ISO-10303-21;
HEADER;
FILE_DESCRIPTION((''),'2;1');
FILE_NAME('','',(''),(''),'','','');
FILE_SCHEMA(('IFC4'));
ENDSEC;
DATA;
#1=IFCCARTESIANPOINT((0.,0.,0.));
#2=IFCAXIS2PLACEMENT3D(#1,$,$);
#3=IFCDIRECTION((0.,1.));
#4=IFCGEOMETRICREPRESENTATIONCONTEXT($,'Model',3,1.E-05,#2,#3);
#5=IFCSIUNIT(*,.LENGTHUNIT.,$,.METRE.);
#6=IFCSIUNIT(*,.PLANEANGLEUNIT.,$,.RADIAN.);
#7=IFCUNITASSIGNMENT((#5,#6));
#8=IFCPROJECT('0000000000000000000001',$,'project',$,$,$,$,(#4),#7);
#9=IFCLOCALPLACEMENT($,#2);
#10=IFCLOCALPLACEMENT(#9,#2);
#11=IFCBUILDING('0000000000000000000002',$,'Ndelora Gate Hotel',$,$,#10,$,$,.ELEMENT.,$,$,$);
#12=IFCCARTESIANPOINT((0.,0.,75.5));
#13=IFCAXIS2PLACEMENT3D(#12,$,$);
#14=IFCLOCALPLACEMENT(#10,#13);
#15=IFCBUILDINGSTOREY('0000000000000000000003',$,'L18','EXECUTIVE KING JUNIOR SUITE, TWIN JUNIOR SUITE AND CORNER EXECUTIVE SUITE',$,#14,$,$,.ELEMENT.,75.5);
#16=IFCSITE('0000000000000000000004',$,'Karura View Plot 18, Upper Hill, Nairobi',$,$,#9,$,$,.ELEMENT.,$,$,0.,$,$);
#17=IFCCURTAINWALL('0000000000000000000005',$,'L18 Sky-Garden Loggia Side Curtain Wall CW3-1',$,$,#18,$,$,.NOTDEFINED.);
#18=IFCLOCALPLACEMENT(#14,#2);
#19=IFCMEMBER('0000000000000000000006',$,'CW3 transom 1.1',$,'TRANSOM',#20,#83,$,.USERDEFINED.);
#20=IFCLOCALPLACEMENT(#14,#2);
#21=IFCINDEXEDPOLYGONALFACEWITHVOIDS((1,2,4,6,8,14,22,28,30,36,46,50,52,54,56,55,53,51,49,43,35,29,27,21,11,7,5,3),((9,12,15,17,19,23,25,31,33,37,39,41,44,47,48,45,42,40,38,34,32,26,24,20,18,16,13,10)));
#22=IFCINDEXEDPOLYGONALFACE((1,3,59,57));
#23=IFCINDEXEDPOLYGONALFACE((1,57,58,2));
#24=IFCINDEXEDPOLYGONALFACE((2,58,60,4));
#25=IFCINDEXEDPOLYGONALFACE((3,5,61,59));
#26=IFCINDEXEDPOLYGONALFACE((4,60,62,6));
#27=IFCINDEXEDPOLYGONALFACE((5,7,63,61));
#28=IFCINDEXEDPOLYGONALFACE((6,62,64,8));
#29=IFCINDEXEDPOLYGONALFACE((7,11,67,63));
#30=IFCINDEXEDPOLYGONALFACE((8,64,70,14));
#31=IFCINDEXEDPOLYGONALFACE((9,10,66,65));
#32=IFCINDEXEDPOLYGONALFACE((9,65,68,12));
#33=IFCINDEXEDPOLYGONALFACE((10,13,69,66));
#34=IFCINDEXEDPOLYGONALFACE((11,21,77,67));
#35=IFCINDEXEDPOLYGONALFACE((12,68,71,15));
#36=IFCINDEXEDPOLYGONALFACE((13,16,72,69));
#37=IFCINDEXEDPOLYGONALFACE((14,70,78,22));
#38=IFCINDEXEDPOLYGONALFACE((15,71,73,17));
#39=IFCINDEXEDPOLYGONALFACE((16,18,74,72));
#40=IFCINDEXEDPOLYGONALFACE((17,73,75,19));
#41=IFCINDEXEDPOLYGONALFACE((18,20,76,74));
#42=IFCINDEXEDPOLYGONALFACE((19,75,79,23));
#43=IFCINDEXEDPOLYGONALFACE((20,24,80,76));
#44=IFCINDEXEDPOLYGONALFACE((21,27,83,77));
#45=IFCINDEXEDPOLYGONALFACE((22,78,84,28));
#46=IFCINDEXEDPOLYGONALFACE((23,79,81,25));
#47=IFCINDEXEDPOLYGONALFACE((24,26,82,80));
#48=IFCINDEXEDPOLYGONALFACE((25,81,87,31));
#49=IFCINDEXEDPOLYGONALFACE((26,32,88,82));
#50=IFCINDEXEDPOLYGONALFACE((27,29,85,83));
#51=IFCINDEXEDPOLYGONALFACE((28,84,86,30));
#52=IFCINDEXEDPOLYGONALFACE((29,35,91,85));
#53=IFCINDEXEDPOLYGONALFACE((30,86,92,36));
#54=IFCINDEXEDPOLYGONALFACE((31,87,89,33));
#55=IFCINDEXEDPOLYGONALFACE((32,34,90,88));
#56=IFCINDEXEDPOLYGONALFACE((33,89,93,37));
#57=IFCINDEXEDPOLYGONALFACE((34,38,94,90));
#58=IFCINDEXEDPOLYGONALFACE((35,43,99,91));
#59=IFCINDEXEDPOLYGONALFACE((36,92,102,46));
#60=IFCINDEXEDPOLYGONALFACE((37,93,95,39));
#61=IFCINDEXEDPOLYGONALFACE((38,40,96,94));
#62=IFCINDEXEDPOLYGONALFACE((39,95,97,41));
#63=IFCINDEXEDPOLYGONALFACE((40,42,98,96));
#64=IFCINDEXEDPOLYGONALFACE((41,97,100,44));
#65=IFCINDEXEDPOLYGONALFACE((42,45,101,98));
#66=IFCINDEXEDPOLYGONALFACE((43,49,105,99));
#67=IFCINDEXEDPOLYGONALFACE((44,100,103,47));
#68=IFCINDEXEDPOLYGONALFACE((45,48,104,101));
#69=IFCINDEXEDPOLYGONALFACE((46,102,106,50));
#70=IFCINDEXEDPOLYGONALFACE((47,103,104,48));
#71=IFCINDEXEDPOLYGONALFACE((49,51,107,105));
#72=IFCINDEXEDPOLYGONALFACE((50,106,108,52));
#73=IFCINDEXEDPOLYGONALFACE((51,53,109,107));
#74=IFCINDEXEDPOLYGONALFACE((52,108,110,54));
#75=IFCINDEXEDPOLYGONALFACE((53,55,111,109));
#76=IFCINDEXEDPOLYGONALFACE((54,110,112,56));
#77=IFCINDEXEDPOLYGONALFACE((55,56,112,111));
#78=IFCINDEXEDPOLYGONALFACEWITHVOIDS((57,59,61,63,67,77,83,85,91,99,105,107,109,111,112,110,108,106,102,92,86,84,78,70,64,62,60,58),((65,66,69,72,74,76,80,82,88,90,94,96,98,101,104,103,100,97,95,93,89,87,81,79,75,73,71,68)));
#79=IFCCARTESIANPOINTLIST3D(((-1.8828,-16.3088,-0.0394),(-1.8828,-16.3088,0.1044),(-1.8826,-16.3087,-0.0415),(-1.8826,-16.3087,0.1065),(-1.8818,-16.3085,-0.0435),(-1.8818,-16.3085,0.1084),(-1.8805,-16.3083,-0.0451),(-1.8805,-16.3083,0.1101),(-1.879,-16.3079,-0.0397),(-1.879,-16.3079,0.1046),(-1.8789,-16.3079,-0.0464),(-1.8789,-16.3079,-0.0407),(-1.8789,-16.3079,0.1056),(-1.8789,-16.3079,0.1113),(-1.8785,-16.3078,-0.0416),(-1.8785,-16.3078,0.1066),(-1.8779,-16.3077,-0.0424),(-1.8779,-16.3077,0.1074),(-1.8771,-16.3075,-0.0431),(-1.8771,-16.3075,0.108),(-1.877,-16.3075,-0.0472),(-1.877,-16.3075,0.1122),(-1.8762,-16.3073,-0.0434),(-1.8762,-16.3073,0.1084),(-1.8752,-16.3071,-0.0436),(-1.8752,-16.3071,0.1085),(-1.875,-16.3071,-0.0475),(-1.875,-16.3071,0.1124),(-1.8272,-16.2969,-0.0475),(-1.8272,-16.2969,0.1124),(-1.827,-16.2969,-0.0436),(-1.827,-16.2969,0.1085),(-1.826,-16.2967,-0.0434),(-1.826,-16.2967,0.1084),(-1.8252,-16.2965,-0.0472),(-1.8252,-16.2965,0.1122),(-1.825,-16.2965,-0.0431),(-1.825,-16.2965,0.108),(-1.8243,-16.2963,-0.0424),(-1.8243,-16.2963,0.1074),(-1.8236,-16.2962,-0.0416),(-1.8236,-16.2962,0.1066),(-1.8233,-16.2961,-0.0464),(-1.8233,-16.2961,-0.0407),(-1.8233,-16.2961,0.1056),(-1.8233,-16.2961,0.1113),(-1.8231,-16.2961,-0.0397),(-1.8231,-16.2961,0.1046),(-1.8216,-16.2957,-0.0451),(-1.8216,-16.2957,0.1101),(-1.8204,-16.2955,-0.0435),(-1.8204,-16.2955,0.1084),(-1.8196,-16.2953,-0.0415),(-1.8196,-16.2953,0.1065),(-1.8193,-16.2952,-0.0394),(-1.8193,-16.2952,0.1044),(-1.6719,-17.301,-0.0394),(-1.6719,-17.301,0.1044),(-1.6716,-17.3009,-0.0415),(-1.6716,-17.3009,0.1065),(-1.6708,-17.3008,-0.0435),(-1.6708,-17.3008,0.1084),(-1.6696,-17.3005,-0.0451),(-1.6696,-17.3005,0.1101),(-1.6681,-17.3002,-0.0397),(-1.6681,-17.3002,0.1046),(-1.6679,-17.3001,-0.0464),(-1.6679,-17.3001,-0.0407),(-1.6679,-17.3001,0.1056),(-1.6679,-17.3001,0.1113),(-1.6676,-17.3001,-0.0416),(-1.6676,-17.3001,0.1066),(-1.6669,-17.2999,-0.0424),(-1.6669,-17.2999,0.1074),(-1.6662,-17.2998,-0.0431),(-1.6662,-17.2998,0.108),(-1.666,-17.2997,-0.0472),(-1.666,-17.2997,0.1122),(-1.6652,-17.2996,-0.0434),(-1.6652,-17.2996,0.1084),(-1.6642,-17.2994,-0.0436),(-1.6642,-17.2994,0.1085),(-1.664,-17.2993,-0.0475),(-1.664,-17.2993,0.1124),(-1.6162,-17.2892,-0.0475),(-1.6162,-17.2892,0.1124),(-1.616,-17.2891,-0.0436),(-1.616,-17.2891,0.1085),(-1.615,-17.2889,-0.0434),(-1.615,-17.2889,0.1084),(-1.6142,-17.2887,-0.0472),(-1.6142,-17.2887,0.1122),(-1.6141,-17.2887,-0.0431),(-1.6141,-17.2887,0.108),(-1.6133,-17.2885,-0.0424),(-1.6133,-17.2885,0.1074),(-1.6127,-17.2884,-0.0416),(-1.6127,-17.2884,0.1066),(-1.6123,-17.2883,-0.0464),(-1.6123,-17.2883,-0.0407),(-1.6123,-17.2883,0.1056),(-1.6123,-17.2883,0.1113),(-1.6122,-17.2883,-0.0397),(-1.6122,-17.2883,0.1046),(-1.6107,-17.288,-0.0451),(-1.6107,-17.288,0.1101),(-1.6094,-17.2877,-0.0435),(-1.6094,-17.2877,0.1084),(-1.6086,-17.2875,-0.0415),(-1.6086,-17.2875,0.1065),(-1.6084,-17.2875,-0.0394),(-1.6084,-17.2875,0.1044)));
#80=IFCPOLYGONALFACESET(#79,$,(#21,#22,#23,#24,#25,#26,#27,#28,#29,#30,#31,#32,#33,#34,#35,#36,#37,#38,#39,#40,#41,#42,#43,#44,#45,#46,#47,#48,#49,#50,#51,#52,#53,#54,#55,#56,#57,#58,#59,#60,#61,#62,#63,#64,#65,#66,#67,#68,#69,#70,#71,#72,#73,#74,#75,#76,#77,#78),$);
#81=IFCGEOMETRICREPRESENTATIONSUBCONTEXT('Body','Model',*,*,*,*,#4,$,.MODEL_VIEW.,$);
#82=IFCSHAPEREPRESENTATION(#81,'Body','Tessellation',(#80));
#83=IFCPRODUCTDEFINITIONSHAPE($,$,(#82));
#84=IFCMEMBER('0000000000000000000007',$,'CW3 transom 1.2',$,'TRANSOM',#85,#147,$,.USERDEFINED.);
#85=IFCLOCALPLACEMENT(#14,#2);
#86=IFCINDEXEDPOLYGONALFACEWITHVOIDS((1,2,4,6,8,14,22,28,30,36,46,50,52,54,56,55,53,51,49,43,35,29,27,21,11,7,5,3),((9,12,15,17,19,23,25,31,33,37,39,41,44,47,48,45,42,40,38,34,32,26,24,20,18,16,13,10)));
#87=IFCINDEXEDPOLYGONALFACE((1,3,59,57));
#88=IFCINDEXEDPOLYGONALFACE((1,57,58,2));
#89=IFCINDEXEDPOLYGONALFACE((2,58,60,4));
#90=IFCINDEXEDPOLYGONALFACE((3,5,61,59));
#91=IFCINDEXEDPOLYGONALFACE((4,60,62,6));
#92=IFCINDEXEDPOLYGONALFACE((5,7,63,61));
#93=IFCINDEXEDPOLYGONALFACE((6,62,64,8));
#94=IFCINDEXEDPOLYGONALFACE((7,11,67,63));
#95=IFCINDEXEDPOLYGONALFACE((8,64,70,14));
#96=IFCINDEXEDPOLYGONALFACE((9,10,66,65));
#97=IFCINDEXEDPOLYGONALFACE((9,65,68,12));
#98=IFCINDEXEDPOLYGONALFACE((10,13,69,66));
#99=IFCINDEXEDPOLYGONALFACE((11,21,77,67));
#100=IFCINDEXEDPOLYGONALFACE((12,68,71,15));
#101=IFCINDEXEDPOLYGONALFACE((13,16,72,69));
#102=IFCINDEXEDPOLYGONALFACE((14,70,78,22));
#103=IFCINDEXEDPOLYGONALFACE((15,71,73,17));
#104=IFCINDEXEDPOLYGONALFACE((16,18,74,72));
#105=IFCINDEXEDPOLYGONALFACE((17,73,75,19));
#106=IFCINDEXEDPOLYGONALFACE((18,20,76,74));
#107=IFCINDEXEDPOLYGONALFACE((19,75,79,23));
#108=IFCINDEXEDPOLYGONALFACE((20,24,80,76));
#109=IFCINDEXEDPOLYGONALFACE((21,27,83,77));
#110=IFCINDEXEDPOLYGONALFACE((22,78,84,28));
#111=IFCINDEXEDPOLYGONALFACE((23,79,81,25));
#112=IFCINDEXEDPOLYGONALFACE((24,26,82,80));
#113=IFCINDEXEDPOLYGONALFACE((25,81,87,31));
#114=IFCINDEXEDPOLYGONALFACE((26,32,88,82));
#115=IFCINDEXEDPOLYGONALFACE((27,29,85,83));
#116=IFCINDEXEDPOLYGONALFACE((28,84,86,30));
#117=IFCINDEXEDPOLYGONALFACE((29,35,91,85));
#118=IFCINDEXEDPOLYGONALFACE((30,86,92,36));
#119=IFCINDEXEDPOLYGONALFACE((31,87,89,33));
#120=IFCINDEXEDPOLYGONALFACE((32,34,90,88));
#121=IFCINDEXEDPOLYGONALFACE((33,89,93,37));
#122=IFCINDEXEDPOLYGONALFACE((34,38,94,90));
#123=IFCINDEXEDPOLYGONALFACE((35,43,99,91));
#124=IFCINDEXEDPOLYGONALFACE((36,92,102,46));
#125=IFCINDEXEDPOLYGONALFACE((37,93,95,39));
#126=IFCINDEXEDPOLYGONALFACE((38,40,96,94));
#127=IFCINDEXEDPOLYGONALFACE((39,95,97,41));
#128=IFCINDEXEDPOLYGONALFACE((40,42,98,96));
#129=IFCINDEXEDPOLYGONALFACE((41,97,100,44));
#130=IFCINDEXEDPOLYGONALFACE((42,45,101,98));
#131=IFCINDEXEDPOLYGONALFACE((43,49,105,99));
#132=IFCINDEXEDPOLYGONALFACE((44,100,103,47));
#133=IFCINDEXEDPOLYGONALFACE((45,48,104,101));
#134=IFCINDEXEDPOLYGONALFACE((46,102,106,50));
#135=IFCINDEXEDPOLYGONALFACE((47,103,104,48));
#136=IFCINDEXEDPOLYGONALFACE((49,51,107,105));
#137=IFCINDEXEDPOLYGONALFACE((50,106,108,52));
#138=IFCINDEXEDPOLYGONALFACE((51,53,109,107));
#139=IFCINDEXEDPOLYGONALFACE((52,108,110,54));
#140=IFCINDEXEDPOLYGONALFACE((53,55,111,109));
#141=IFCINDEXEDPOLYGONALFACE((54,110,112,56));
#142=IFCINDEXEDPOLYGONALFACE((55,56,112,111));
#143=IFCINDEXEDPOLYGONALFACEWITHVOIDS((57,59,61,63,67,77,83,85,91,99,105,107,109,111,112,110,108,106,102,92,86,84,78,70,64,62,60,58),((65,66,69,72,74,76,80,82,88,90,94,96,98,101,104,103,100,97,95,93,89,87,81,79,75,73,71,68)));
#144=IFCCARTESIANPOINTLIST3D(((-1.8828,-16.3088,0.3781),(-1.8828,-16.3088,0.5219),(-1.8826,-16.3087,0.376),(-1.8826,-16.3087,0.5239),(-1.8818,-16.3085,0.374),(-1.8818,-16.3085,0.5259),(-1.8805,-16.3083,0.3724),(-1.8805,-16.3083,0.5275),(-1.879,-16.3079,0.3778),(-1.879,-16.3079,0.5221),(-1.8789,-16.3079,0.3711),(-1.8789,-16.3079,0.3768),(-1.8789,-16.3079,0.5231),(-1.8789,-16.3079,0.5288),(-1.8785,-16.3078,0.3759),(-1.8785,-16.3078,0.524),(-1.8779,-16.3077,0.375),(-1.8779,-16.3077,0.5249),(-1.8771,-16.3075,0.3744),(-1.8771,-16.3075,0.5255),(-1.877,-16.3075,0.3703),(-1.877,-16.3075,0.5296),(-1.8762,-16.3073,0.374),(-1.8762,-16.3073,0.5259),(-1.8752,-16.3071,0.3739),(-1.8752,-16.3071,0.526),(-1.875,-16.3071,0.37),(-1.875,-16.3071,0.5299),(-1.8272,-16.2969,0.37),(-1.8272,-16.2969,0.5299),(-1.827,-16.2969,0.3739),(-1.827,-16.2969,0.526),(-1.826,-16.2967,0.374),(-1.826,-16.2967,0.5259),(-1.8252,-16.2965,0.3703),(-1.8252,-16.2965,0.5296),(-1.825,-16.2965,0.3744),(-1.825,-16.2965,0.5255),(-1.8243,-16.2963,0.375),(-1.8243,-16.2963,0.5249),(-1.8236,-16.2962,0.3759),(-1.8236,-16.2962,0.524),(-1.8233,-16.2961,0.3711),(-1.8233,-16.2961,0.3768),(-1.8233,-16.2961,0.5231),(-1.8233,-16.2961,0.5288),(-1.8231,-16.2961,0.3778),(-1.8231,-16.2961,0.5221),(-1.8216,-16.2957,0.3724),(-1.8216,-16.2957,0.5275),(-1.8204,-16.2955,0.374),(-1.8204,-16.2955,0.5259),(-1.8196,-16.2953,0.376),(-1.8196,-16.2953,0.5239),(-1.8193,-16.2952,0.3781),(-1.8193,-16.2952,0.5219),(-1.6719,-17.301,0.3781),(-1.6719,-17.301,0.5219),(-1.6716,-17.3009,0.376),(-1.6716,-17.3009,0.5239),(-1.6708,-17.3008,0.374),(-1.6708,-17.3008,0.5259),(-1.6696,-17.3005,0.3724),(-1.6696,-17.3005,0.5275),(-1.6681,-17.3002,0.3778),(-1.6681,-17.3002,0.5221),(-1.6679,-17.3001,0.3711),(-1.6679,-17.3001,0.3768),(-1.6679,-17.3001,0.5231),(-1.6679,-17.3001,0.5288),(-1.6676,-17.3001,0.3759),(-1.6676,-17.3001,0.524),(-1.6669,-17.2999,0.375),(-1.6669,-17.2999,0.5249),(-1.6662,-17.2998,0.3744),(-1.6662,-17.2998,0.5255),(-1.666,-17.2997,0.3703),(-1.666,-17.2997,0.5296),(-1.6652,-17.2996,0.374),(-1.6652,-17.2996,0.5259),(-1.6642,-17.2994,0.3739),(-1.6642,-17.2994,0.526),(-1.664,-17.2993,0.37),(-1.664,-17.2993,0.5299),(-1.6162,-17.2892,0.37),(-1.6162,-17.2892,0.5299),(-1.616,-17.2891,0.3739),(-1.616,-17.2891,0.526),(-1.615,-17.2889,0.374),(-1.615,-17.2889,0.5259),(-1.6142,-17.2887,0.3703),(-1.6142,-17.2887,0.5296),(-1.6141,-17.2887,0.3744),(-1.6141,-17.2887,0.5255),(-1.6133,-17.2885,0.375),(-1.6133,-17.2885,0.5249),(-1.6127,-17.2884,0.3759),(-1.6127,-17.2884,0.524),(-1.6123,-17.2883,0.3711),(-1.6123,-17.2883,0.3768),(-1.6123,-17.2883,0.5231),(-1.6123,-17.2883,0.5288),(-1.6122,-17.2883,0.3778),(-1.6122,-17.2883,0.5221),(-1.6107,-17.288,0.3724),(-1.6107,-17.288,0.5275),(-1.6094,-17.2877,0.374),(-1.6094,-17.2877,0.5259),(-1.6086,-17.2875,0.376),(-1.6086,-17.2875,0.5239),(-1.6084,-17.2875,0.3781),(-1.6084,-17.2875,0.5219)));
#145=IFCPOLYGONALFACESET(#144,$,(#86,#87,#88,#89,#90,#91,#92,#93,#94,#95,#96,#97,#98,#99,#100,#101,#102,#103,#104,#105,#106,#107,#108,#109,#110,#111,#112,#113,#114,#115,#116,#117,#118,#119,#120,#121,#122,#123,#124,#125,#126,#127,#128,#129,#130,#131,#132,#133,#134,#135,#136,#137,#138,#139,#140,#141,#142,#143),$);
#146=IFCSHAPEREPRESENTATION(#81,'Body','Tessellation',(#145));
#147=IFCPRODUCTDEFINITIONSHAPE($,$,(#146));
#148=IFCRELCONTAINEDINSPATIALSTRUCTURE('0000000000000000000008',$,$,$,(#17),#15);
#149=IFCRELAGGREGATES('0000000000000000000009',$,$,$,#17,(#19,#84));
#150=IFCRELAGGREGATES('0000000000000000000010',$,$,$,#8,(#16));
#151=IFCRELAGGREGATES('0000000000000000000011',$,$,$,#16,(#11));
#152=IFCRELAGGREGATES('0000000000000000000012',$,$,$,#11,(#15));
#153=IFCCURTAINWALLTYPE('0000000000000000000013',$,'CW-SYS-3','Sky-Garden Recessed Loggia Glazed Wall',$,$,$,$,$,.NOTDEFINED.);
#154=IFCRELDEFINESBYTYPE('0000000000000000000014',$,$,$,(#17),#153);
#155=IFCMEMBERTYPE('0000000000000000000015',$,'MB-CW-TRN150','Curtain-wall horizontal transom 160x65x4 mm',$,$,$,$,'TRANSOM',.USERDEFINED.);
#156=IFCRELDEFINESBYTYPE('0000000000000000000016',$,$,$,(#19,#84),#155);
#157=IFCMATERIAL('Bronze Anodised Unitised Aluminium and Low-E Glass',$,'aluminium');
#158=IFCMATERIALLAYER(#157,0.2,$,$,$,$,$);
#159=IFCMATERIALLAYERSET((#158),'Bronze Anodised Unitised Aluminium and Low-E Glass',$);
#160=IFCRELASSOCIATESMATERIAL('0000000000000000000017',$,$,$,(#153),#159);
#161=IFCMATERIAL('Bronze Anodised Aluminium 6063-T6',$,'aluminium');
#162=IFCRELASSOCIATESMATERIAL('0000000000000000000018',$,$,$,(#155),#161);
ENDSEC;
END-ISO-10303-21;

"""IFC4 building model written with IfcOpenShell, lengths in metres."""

from ifc_helpers import new_model, si_unit, direction, frame, origin, origin_2d, place, context, subcontext, project, spatial, hollow_rectangle, extrude, material, layer, layer_set, material_profile, profile_set, type_object, element, aggregate, save


model = new_model("IFC4")

# Units and contexts
model_context = context("Model", 3, precision=1e-05, world=origin(), true_north=direction((0.0, 1.0)))
body_context = subcontext(model_context, "Body", "Model", "MODEL_VIEW")
ifc_project = project(units=[si_unit("LENGTHUNIT", "METRE"), si_unit("PLANEANGLEUNIT", "RADIAN")], contexts=[model_context])

# Site, building, storey
site_placement = place(None, origin())
site = spatial("IfcSite", under=ifc_project, at=site_placement, Name="Karura View Plot 18, Upper Hill, Nairobi", CompositionType="ELEMENT", RefElevation=0.0)
building_placement = place(site_placement, origin())
building = spatial("IfcBuilding", under=site, at=building_placement, Name="Ndelora Gate Hotel", CompositionType="ELEMENT")
storey_placement = place(building_placement, frame((0.0, 0.0, 75.5)))
storey = spatial("IfcBuildingStorey", under=building, at=storey_placement, Name="L18", Description="EXECUTIVE KING JUNIOR SUITE, TWIN JUNIOR SUITE AND CORNER EXECUTIVE SUITE", CompositionType="ELEMENT", Elevation=75.5)

# Curtain wall, members
ifc_material_1 = material(Name="Bronze Anodised Unitised Aluminium and Low-E Glass", Category="aluminium")
ifc_layer_1 = layer(ifc_material_1, 0.2)
ifc_layer_set_1 = layer_set([ifc_layer_1], Name="Bronze Anodised Unitised Aluminium and Low-E Glass")
curtain_wall_type = type_object("IfcCurtainWallType", Name="CW-SYS-3", Description="Sky-Garden Recessed Loggia Glazed Wall", PredefinedType="NOTDEFINED", material=ifc_layer_set_1)
curtain_wall_placement = place(storey_placement, origin())
curtain_wall = element("IfcCurtainWall", 1, at=curtain_wall_placement, inside=storey, type_object=curtain_wall_type, Name="L18 Sky-Garden Loggia Side Curtain Wall CW3-1", PredefinedType="NOTDEFINED")
ifc_material_2 = material(Name="Bronze Anodised Aluminium 6063-T6", Category="aluminium")
ifc_material_profile_1 = material_profile(ifc_material_2, hollow_rectangle(XDim=0.0649, YDim=0.1599, WallThickness=0.0039, InnerFilletRadius=0.0039, OuterFilletRadius=0.0081, at=origin_2d()), Name="ALU 160x65x4")
ifc_profile_set_1 = profile_set([ifc_material_profile_1], Name="Bronze Anodised Aluminium 6063-T6")
member_type_1 = type_object("IfcMemberType", Name="MB-CW-TRN150", Description="Curtain-wall horizontal transom 160x65x4 mm", ElementType="TRANSOM", PredefinedType="USERDEFINED", material=ifc_profile_set_1)
member_1_placement = place(storey_placement, frame((-1.8511, -16.302, 0.0325), z_axis=(0.207951, -0.978139, 0.0), x_axis=(0.978139, 0.207951, 0.0)))
member_1 = element("IfcMember", 2, at=member_1_placement, type_object=member_type_1, Name="CW3 transom 1.1", ObjectType="TRANSOM", PredefinedType="USERDEFINED", context=body_context, shape_type="SweptSolid", body=[
    extrude(hollow_rectangle(XDim=0.0649, YDim=0.1599, WallThickness=0.0039, InnerFilletRadius=0.0039, OuterFilletRadius=0.0081, at=origin_2d()), origin(), (0.0, 0.0, 1.0), 1.0144),
])
member_2_placement = place(storey_placement, frame((-1.8511, -16.302, 0.45), z_axis=(0.207951, -0.978139, 0.0), x_axis=(0.978139, 0.207951, 0.0)))
member_2 = element("IfcMember", 3, at=member_2_placement, type_object=member_type_1, Name="CW3 transom 1.2", ObjectType="TRANSOM", PredefinedType="USERDEFINED", context=body_context, shape_type="SweptSolid", body=[
    extrude(hollow_rectangle(XDim=0.0649, YDim=0.1599, WallThickness=0.0039, InnerFilletRadius=0.0039, OuterFilletRadius=0.0081, at=origin_2d()), origin(), (0.0, 0.0, 1.0), 1.0144),
])
aggregate(curtain_wall, [member_1, member_2])

save(model, "model.ifc")
